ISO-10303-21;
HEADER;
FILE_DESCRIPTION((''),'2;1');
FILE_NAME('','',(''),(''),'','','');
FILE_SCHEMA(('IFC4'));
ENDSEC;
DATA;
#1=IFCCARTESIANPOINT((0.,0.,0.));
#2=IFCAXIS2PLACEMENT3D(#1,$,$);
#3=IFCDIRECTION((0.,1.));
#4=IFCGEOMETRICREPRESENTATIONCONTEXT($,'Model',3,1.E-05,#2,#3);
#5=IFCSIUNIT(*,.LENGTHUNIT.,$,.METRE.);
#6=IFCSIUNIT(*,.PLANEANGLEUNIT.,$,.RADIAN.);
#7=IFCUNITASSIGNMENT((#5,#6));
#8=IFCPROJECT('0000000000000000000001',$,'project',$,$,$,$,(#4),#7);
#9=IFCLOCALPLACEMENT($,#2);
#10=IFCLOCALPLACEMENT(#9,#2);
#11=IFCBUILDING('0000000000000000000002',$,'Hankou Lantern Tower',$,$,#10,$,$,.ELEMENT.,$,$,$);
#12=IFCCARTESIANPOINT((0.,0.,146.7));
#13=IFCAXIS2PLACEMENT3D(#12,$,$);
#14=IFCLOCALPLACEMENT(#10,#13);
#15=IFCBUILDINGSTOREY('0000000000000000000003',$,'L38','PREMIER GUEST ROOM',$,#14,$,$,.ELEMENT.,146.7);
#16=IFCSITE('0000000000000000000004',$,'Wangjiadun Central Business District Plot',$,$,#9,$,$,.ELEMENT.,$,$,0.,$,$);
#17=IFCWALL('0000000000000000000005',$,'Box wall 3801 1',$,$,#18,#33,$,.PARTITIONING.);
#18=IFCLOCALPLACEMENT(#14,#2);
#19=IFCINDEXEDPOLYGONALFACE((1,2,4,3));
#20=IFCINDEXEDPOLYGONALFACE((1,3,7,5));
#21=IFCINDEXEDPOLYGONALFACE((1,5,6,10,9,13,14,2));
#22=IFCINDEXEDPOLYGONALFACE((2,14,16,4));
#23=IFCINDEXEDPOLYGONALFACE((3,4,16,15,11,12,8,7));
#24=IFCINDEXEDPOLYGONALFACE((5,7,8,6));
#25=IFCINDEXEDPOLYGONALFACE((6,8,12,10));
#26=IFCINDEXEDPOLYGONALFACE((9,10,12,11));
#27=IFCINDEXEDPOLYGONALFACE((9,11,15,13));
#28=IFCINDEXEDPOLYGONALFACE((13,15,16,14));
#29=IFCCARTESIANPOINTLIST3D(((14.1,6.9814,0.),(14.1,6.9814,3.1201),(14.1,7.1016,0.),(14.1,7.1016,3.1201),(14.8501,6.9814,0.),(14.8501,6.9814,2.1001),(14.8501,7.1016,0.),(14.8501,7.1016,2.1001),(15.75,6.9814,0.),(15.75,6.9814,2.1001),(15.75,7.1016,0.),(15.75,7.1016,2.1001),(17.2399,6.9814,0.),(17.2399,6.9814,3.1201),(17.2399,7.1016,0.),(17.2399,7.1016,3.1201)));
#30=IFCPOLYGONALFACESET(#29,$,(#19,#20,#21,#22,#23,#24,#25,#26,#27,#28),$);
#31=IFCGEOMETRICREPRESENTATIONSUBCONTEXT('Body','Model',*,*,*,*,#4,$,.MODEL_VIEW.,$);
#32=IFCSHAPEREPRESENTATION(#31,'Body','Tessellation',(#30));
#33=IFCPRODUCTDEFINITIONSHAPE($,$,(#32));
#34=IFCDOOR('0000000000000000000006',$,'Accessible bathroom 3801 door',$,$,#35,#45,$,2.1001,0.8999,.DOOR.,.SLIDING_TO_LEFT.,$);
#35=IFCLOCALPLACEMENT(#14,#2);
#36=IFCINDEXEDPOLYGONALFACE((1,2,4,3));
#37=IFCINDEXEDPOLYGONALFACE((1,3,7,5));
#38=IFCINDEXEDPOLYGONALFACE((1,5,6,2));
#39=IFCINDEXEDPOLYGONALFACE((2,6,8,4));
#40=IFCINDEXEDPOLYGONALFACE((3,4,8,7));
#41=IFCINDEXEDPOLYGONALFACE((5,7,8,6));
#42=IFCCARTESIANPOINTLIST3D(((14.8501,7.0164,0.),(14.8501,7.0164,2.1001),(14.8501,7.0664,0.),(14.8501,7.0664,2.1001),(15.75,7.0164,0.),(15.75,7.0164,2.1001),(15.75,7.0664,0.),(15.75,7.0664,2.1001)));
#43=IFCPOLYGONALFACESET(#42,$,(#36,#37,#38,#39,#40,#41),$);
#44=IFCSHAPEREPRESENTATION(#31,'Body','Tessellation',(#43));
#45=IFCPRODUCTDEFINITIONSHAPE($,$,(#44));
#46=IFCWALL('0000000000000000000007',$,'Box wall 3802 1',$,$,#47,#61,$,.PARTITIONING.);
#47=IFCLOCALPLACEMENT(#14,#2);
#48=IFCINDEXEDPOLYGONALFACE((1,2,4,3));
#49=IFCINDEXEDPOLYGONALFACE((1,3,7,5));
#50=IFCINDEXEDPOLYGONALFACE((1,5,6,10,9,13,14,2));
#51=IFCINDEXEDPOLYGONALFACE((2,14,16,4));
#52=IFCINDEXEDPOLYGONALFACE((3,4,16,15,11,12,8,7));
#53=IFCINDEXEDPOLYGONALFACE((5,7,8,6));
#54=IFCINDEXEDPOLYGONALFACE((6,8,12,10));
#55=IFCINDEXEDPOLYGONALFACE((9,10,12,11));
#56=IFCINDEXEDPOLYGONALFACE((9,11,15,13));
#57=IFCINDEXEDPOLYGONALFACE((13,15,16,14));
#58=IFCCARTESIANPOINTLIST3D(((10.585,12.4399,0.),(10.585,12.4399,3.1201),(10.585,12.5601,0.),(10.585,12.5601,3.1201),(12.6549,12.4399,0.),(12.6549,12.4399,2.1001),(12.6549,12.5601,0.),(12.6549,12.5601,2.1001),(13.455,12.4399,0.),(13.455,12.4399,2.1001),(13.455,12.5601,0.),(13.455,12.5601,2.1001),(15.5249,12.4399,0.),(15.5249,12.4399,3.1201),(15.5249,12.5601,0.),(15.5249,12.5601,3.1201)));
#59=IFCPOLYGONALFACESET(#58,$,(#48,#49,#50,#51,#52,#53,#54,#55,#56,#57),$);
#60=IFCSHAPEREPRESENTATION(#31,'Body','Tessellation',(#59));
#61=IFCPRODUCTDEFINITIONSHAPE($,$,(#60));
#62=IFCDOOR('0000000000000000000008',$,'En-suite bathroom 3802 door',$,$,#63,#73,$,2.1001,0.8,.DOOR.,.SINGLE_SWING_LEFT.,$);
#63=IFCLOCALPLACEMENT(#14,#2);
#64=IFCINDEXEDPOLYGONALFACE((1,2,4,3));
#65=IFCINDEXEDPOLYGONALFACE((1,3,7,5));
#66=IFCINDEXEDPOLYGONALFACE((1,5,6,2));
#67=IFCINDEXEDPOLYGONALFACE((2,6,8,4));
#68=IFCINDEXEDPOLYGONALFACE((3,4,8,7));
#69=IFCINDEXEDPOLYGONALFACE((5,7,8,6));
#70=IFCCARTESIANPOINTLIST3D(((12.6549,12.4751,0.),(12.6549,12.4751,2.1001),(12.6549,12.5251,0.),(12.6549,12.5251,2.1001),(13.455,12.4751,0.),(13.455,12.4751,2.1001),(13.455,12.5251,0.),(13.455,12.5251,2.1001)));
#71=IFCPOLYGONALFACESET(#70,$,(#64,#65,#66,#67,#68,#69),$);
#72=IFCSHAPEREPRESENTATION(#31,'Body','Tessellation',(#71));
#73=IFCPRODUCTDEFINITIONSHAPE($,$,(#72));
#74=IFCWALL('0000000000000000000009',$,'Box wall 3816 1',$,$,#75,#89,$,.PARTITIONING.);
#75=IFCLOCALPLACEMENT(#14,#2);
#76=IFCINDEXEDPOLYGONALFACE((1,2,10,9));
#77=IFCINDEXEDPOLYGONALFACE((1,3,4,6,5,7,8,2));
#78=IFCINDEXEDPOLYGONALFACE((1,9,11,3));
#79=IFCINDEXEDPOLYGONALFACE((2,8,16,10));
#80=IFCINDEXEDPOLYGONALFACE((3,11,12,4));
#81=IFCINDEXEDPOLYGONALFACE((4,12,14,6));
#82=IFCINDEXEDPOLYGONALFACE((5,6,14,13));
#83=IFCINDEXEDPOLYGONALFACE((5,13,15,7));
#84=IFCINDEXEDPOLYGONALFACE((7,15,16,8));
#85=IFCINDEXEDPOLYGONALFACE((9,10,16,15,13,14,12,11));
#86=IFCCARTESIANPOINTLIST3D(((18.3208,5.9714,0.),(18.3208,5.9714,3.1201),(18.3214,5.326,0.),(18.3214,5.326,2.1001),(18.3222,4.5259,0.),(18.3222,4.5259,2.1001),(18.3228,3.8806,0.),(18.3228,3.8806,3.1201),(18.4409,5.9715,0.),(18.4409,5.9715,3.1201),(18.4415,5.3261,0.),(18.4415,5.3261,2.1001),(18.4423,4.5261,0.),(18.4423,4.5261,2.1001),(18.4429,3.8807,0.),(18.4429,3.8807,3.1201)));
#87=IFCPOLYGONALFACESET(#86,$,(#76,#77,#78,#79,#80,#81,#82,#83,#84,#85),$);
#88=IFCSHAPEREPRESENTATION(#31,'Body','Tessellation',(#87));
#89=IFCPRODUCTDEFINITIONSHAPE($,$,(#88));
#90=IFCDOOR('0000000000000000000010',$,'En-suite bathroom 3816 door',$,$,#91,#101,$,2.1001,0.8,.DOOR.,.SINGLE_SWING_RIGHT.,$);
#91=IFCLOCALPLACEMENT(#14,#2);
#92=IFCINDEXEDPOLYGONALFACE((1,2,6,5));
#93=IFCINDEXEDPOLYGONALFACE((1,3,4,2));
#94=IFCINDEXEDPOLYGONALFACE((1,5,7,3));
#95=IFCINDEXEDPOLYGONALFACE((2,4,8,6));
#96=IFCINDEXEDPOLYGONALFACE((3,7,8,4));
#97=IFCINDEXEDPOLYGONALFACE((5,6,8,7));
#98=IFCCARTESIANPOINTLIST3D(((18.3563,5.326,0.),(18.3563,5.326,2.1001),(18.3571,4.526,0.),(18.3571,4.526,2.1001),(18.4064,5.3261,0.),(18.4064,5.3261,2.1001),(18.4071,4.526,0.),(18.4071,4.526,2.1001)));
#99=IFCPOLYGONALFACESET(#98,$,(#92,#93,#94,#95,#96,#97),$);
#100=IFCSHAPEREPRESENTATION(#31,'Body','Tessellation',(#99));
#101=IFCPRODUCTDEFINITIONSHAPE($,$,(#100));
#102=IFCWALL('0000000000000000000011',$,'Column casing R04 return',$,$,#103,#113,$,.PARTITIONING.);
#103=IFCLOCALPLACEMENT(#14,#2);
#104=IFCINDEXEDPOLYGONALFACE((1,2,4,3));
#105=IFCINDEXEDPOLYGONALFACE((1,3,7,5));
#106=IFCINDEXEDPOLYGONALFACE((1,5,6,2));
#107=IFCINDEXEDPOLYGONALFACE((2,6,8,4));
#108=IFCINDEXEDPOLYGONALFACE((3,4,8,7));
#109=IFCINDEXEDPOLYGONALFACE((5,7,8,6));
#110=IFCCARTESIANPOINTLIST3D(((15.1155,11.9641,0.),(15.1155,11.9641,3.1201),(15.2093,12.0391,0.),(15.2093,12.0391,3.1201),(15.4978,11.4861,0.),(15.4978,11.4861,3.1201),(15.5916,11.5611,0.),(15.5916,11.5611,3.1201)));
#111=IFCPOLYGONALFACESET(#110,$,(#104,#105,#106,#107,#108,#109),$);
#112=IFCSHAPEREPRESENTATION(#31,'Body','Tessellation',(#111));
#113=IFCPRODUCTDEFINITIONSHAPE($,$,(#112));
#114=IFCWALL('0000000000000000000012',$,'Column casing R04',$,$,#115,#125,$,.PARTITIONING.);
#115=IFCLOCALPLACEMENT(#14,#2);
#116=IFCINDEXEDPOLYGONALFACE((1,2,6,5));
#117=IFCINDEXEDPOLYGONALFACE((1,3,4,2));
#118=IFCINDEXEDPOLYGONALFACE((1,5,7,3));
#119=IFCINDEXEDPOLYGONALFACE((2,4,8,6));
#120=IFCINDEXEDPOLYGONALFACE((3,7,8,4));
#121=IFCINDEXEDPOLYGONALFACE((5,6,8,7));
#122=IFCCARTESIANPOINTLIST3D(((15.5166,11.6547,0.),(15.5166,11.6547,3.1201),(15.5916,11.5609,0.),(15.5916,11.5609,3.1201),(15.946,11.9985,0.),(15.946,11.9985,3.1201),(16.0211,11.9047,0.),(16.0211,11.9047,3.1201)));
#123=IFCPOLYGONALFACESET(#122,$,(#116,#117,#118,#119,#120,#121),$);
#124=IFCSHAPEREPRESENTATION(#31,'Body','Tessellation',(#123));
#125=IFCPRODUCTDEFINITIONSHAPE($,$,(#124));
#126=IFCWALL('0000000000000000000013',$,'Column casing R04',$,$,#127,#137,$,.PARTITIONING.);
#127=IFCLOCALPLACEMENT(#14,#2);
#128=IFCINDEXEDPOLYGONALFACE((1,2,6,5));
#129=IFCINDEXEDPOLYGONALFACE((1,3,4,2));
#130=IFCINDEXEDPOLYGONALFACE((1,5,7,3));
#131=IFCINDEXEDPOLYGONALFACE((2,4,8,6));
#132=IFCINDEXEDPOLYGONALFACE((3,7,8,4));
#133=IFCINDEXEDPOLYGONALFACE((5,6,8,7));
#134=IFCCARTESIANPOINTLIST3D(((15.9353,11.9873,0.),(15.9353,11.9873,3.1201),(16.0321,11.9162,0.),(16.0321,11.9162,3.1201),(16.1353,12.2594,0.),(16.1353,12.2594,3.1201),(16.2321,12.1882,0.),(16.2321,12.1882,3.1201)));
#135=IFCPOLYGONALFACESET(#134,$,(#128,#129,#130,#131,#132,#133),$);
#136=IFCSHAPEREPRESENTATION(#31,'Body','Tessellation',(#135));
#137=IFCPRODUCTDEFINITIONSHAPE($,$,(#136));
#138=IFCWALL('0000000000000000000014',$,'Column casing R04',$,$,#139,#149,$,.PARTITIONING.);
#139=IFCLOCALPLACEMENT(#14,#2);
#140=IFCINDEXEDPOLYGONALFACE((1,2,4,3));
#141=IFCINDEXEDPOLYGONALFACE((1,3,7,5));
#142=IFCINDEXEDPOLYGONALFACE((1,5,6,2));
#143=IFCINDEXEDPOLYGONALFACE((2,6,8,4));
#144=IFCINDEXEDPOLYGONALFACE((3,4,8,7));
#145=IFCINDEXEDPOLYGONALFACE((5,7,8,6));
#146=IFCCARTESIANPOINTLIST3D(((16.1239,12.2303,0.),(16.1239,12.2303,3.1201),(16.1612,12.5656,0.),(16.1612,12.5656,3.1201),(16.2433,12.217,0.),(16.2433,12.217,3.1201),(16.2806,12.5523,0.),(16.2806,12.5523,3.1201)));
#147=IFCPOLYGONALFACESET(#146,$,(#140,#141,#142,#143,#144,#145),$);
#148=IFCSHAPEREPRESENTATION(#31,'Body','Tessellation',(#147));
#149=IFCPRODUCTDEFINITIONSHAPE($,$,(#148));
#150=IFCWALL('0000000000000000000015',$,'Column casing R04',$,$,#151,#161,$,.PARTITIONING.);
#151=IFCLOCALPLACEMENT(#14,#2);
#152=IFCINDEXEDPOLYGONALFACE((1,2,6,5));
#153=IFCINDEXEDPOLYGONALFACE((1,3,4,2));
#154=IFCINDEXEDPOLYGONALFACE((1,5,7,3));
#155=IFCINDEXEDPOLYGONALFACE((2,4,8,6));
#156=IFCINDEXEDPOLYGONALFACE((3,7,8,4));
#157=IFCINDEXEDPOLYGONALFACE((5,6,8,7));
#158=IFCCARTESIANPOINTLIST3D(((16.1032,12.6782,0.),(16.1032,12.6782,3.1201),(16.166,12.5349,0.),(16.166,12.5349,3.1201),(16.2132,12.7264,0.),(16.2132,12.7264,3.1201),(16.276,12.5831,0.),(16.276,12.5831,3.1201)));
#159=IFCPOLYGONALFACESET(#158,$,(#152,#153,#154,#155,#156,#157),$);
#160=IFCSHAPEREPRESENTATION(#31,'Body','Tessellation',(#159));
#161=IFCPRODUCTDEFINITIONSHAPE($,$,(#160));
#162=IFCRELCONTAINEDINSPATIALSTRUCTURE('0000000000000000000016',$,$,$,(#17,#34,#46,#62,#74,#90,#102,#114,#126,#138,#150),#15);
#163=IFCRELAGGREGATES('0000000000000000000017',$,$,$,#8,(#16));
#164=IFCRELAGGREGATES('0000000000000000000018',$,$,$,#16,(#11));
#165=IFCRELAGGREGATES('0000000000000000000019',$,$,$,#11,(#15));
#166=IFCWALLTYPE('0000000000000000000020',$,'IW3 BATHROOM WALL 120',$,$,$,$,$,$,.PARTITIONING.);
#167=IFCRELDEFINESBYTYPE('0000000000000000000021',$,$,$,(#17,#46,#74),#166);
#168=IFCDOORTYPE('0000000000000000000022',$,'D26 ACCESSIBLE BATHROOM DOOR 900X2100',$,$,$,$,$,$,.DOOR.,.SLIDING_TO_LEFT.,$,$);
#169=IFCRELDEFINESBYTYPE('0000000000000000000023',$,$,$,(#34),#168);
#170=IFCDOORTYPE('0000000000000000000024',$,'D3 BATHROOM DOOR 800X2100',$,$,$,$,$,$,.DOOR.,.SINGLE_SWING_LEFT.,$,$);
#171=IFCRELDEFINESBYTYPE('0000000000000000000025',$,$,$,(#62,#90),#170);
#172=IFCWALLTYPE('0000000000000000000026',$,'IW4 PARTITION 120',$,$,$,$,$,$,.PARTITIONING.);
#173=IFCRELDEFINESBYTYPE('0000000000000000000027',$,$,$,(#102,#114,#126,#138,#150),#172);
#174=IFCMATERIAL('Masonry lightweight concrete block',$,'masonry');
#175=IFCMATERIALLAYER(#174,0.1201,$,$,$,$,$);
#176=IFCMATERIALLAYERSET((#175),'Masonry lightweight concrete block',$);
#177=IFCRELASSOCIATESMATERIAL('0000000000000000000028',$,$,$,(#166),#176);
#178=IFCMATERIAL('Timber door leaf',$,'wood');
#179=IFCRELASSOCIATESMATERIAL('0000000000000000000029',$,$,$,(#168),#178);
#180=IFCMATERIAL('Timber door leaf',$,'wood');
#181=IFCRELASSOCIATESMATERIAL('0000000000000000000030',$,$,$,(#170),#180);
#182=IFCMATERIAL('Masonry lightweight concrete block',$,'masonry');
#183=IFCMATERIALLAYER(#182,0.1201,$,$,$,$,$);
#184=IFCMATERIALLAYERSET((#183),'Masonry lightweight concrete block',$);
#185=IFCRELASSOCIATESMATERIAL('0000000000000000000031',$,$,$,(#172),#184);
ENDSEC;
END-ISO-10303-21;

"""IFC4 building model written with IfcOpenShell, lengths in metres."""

from ifc_helpers import new_model, si_unit, direction, frame, frame_2d, origin, place, context, subcontext, project, spatial, rectangle, extrude, material, layer, layer_set, type_object, element, fill, save


model = new_model("IFC4")

# Units and contexts
model_context = context("Model", 3, precision=1e-05, world=origin(), true_north=direction((0.0, 1.0)))
body_context = subcontext(model_context, "Body", "Model", "MODEL_VIEW")
ifc_project = project(units=[si_unit("LENGTHUNIT", "METRE"), si_unit("PLANEANGLEUNIT", "RADIAN")], contexts=[model_context])

# Site, building, storey
site_placement = place(None, origin())
site = spatial("IfcSite", under=ifc_project, at=site_placement, Name="Wangjiadun Central Business District Plot", CompositionType="ELEMENT", RefElevation=0.0)
building_placement = place(site_placement, origin())
building = spatial("IfcBuilding", under=site, at=building_placement, Name="Hankou Lantern Tower", CompositionType="ELEMENT")
storey_placement = place(building_placement, frame((0.0, 0.0, 146.7)))
storey = spatial("IfcBuildingStorey", under=building, at=storey_placement, Name="L38", Description="PREMIER GUEST ROOM", CompositionType="ELEMENT", Elevation=146.7)

# Walls, openings, doors
ifc_material_1 = material(Name="Masonry lightweight concrete block", Category="masonry")
ifc_layer_1 = layer(ifc_material_1, 0.1201)
ifc_layer_set_1 = layer_set([ifc_layer_1], Name="Masonry lightweight concrete block")
wall_type_1 = type_object("IfcWallType", Name="IW3 BATHROOM WALL 120", PredefinedType="PARTITIONING", material=ifc_layer_set_1)
wall_1_placement = place(storey_placement, frame((14.1001, 7.0415, 0.0), z_axis=(0.0, 0.0, 1.0), x_axis=(1.0, 0.0, 0.0)))
wall_1 = element("IfcWall", 1, at=wall_1_placement, inside=storey, type_object=wall_type_1, Name="Box wall 3801 1", PredefinedType="PARTITIONING", context=body_context, shape_type="SweptSolid", body=[
    extrude(rectangle(XDim=3.1399, YDim=0.1201, at=frame_2d((1.5698, 0.0))), origin(), (0.0, 0.0, 1.0), 3.1201),
])
opening_1_placement = place(wall_1_placement, frame((0.75, 0.0, 0.0)))
opening_1 = element("IfcOpeningElement", 2, at=opening_1_placement, cuts=wall_1, PredefinedType="OPENING", context=body_context, shape_type="SweptSolid", body=[
    extrude(rectangle(XDim=0.8999, YDim=2.1001, at=frame_2d((0.45, 1.05))), frame((0.0, 0.0701, 0.0), z_axis=(0.0, -1.0, 0.0), x_axis=(1.0, 0.0, 0.0)), (0.0, 0.0, 1.0), 0.1401),
])
ifc_material_2 = material(Name="Timber door leaf", Category="wood")
door_type_1 = type_object("IfcDoorType", Name="D26 ACCESSIBLE BATHROOM DOOR 900X2100", OperationType="SLIDING_TO_LEFT", PredefinedType="DOOR", material=ifc_material_2)
door_1_placement = place(opening_1_placement, origin())
door_1 = element("IfcDoor", 3, at=door_1_placement, inside=storey, type_object=door_type_1, Name="Accessible bathroom 3801 door", OperationType="SLIDING_TO_LEFT", OverallHeight=2.1001, OverallWidth=0.8999, PredefinedType="DOOR", context=body_context, shape_type="SweptSolid", body=[
    extrude(rectangle(XDim=0.8999, YDim=2.1001, at=frame_2d((0.45, 1.05))), frame((0.0, 0.0249, 0.0), z_axis=(0.0, -1.0, 0.0), x_axis=(1.0, 0.0, 0.0)), (0.0, 0.0, 1.0), 0.05),
])
fill(opening_1, door_1)
wall_2_placement = place(storey_placement, frame((15.5249, 12.5, 0.0), z_axis=(0.0, 0.0, 1.0), x_axis=(-1.0, 0.0, 0.0)))
wall_2 = element("IfcWall", 4, at=wall_2_placement, inside=storey, type_object=wall_type_1, Name="Box wall 3802 1", PredefinedType="PARTITIONING", context=body_context, shape_type="SweptSolid", body=[
    extrude(rectangle(XDim=4.9399, YDim=0.1201, at=frame_2d((2.47, 0.0))), origin(), (0.0, 0.0, 1.0), 3.1201),
])
opening_2_placement = place(wall_2_placement, frame((2.0701, 0.0, 0.0)))
opening_2 = element("IfcOpeningElement", 5, at=opening_2_placement, cuts=wall_2, PredefinedType="OPENING", context=body_context, shape_type="SweptSolid", body=[
    extrude(rectangle(XDim=0.8, YDim=2.1001, at=frame_2d((0.3999, 1.05))), frame((0.0, 0.0701, 0.0), z_axis=(0.0, -1.0, 0.0), x_axis=(1.0, 0.0, 0.0)), (0.0, 0.0, 1.0), 0.1401),
])
ifc_material_3 = material(Name="Timber door leaf", Category="wood")
door_type_2 = type_object("IfcDoorType", Name="D3 BATHROOM DOOR 800X2100", OperationType="SINGLE_SWING_LEFT", PredefinedType="DOOR", material=ifc_material_3)
door_2_placement = place(opening_2_placement, origin())
door_2 = element("IfcDoor", 6, at=door_2_placement, inside=storey, type_object=door_type_2, Name="En-suite bathroom 3802 door", OperationType="SINGLE_SWING_LEFT", OverallHeight=2.1001, OverallWidth=0.8, PredefinedType="DOOR", context=body_context, shape_type="SweptSolid", body=[
    extrude(rectangle(XDim=0.8, YDim=2.1001, at=frame_2d((0.3999, 1.05))), frame((0.0, 0.0249, 0.0), z_axis=(0.0, -1.0, 0.0), x_axis=(1.0, 0.0, 0.0)), (0.0, 0.0, 1.0), 0.05),
])
fill(opening_2, door_2)
wall_3_placement = place(storey_placement, frame((18.3809, 5.9714, 0.0), z_axis=(0.0, 0.0, 1.0), x_axis=(0.000934, -1.0, 0.0)))
wall_3 = element("IfcWall", 7, at=wall_3_placement, inside=storey, type_object=wall_type_1, Name="Box wall 3816 1", PredefinedType="PARTITIONING", context=body_context, shape_type="SweptSolid", body=[
    extrude(rectangle(XDim=2.0908, YDim=0.1201, at=frame_2d((1.0454, 0.0))), origin(), (0.0, 0.0, 1.0), 3.1201),
])
opening_3_placement = place(wall_3_placement, frame((0.6455, 0.0, 0.0)))
opening_3 = element("IfcOpeningElement", 8, at=opening_3_placement, cuts=wall_3, PredefinedType="OPENING", context=body_context, shape_type="SweptSolid", body=[
    extrude(rectangle(XDim=0.8, YDim=2.1001, at=frame_2d((0.3999, 1.05))), frame((0.0, 0.0701, 0.0), z_axis=(0.0, -1.0, 0.0), x_axis=(1.0, 0.0, 0.0)), (0.0, 0.0, 1.0), 0.1401),
])
door_3_placement = place(opening_3_placement, origin())
door_3 = element("IfcDoor", 9, at=door_3_placement, inside=storey, type_object=door_type_2, Name="En-suite bathroom 3816 door", OperationType="SINGLE_SWING_RIGHT", OverallHeight=2.1001, OverallWidth=0.8, PredefinedType="DOOR", context=body_context, shape_type="SweptSolid", body=[
    extrude(rectangle(XDim=0.8, YDim=2.1001, at=frame_2d((0.3999, 1.05))), frame((0.0, 0.0249, 0.0), z_axis=(0.0, -1.0, 0.0), x_axis=(1.0, 0.0, 0.0)), (0.0, 0.0, 1.0), 0.05),
])
fill(opening_3, door_3)

# Walls
ifc_material_4 = material(Name="Masonry lightweight concrete block", Category="masonry")
ifc_layer_2 = layer(ifc_material_4, 0.1201)
ifc_layer_set_2 = layer_set([ifc_layer_2], Name="Masonry lightweight concrete block")
wall_type_2 = type_object("IfcWallType", Name="IW4 PARTITION 120", PredefinedType="PARTITIONING", material=ifc_layer_set_2)
wall_4_placement = place(storey_placement, frame((15.1624, 12.0017, 0.0), z_axis=(0.0, 0.0, 1.0), x_axis=(0.624598, -0.780947, 0.0)))
element("IfcWall", 10, at=wall_4_placement, inside=storey, type_object=wall_type_2, Name="Column casing R04 return", PredefinedType="PARTITIONING", context=body_context, shape_type="SweptSolid", body=[
    extrude(rectangle(XDim=0.6121, YDim=0.1201, at=frame_2d((0.3062, 0.0))), origin(), (0.0, 0.0, 1.0), 3.1201),
])
wall_5_placement = place(storey_placement, frame((15.5542, 11.6079, 0.0), z_axis=(0.0, 0.0, 1.0), x_axis=(0.780696, 0.624912, 0.0)))
element("IfcWall", 11, at=wall_5_placement, inside=storey, type_object=wall_type_2, Name="Column casing R04", PredefinedType="PARTITIONING", context=body_context, shape_type="SweptSolid", body=[
    extrude(rectangle(XDim=0.55, YDim=0.1201, at=frame_2d((0.2749, 0.0))), origin(), (0.0, 0.0, 1.0), 3.1201),
])
wall_6_placement = place(storey_placement, frame((15.9836, 11.9517, 0.0), z_axis=(0.0, 0.0, 1.0), x_axis=(0.592335, 0.805692, 0.0)))
element("IfcWall", 12, at=wall_6_placement, inside=storey, type_object=wall_type_2, Name="Column casing R04", PredefinedType="PARTITIONING", context=body_context, shape_type="SweptSolid", body=[
    extrude(rectangle(XDim=0.3376, YDim=0.1201, at=frame_2d((0.1689, 0.0))), origin(), (0.0, 0.0, 1.0), 3.1201),
])
wall_7_placement = place(storey_placement, frame((16.1836, 12.2236, 0.0), z_axis=(0.0, 0.0, 1.0), x_axis=(0.11067, 0.993857, 0.0)))
element("IfcWall", 13, at=wall_7_placement, inside=storey, type_object=wall_type_2, Name="Column casing R04", PredefinedType="PARTITIONING", context=body_context, shape_type="SweptSolid", body=[
    extrude(rectangle(XDim=0.3374, YDim=0.1201, at=frame_2d((0.1687, 0.0))), origin(), (0.0, 0.0, 1.0), 3.1201),
])
wall_8_placement = place(storey_placement, frame((16.2209, 12.5591, 0.0), z_axis=(0.0, 0.0, 1.0), x_axis=(-0.401064, 0.91605, 0.0)))
element("IfcWall", 14, at=wall_8_placement, inside=storey, type_object=wall_type_2, Name="Column casing R04", PredefinedType="PARTITIONING", context=body_context, shape_type="SweptSolid", body=[
    extrude(rectangle(XDim=0.1565, YDim=0.1201, at=frame_2d((0.0781, 0.0))), origin(), (0.0, 0.0, 1.0), 3.1201),
])

save(model, "model.ifc")
